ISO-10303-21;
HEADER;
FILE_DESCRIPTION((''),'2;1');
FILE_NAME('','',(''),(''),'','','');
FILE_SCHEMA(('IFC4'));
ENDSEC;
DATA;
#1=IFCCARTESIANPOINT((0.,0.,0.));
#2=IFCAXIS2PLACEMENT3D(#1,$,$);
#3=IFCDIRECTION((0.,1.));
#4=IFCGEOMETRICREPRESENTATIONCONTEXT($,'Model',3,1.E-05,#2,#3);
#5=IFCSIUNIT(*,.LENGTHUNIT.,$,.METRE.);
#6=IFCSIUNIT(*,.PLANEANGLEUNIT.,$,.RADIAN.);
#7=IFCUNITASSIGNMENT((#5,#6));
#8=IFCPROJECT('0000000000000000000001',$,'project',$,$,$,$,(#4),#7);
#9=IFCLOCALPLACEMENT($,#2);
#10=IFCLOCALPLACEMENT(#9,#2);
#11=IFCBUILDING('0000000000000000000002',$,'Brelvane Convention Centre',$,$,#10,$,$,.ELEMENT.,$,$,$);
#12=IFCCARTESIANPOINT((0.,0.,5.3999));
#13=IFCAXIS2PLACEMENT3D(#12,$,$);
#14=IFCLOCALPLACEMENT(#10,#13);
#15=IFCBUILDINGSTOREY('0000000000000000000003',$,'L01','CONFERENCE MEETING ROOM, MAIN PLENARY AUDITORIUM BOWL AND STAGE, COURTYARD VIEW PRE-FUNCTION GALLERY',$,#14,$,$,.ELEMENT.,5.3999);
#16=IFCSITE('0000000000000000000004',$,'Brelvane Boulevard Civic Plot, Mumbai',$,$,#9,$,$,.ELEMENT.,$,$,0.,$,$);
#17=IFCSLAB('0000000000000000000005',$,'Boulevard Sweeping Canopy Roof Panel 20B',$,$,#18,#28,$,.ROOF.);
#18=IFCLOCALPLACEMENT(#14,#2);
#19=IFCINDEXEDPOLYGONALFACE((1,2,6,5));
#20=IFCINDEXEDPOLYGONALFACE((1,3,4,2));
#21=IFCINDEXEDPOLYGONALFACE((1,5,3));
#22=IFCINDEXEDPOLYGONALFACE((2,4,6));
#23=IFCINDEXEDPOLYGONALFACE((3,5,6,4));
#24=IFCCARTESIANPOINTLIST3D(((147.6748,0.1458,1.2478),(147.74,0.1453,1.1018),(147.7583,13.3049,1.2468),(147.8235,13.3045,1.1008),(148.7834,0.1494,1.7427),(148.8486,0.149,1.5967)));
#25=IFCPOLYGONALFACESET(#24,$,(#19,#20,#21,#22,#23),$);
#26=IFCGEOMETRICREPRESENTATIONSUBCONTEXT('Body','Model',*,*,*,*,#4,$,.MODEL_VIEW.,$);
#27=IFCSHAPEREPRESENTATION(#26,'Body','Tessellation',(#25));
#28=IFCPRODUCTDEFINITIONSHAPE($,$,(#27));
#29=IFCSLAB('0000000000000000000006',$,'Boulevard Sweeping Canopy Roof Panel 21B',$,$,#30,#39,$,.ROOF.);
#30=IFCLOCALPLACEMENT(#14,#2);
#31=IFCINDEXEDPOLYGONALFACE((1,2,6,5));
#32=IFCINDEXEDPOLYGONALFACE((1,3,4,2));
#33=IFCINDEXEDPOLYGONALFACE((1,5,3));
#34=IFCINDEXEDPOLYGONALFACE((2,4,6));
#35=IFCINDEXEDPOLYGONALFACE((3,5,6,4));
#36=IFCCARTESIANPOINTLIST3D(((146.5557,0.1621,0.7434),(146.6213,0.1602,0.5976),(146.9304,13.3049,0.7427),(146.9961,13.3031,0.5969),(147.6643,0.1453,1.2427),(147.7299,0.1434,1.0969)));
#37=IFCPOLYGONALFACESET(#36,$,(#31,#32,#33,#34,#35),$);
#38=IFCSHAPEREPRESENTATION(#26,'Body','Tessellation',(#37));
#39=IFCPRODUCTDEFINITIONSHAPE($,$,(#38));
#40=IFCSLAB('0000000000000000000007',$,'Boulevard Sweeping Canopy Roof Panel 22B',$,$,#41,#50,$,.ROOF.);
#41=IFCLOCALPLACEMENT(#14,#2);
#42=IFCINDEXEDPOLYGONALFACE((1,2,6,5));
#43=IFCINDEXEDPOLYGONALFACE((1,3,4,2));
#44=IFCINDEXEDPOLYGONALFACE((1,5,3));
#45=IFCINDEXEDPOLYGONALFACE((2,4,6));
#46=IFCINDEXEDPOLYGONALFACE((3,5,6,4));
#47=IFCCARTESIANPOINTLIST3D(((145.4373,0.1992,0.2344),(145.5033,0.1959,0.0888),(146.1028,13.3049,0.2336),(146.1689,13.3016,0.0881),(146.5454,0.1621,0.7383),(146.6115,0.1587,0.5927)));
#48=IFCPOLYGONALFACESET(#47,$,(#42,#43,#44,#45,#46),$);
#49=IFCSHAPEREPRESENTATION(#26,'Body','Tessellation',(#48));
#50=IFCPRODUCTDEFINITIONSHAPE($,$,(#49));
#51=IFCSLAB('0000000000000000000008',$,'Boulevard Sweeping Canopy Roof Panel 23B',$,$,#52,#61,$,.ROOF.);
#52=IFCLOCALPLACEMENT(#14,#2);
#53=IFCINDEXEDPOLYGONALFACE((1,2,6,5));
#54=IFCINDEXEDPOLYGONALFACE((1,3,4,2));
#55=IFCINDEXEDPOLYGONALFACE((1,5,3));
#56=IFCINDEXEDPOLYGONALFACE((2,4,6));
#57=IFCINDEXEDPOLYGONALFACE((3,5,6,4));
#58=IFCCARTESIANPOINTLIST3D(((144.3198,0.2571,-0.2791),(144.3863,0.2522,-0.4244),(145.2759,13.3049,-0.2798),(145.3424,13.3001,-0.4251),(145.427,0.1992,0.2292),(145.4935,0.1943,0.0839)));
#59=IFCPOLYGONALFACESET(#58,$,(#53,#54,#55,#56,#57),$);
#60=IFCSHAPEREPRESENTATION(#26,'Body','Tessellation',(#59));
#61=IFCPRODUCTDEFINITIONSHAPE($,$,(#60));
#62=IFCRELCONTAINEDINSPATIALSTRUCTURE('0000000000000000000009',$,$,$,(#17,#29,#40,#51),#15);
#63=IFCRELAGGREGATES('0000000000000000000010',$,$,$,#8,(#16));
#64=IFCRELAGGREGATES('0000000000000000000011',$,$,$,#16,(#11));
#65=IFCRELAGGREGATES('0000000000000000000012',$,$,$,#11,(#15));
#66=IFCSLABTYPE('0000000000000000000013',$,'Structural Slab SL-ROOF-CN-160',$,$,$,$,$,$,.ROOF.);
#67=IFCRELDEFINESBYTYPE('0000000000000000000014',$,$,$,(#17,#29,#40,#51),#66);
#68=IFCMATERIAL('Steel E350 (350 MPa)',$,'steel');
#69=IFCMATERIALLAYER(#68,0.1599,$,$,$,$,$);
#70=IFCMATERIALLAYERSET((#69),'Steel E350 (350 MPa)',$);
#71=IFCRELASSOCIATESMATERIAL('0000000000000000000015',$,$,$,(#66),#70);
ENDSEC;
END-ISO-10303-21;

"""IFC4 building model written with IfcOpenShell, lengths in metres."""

from ifc_helpers import new_model, si_unit, direction, frame, origin, place, context, subcontext, project, spatial, polyline, outline, extrude, material, layer, layer_set, type_object, element, save


model = new_model("IFC4")

# Units and contexts
model_context = context("Model", 3, precision=1e-05, world=origin(), true_north=direction((0.0, 1.0)))
body_context = subcontext(model_context, "Body", "Model", "MODEL_VIEW")
ifc_project = project(units=[si_unit("LENGTHUNIT", "METRE"), si_unit("PLANEANGLEUNIT", "RADIAN")], contexts=[model_context])

# Site, building, storey
site_placement = place(None, origin())
site = spatial("IfcSite", under=ifc_project, at=site_placement, Name="Brelvane Boulevard Civic Plot, Mumbai", CompositionType="ELEMENT", RefElevation=0.0)
building_placement = place(site_placement, origin())
building = spatial("IfcBuilding", under=site, at=building_placement, Name="Brelvane Convention Centre", CompositionType="ELEMENT")
storey_placement = place(building_placement, frame((0.0, 0.0, 5.3999)))
storey = spatial("IfcBuildingStorey", under=building, at=storey_placement, Name="L01", Description="CONFERENCE MEETING ROOM, MAIN PLENARY AUDITORIUM BOWL AND STAGE, COURTYARD VIEW PRE-FUNCTION GALLERY", CompositionType="ELEMENT", Elevation=5.3999)

# Slabs
ifc_material_1 = material(Name="Steel E350 (350 MPa)", Category="steel")
ifc_layer_1 = layer(ifc_material_1, 0.1599)
ifc_layer_set_1 = layer_set([ifc_layer_1], Name="Steel E350 (350 MPa)")
slab_type = type_object("IfcSlabType", Name="Structural Slab SL-ROOF-CN-160", PredefinedType="ROOF", material=ifc_layer_set_1)
slab_1_placement = place(storey_placement, frame((148.7834, 0.1494, 1.7427), z_axis=(-0.407618, 0.002654, 0.913149), x_axis=(-0.913151, -0.003016, -0.40761)))
element("IfcSlab", 1, at=slab_1_placement, inside=storey, type_object=slab_type, Name="Boulevard Sweeping Canopy Roof Panel 20B", PredefinedType="ROOF", context=body_context, shape_type="SweptSolid", body=[
    extrude(outline(polyline([(0.0, 0.0), (1.2141, 0.0), (1.0985, -13.1589), (0.0, 0.0)])), origin(), (0.0, 0.0, -1.0), 0.1599),
])
slab_2_placement = place(storey_placement, frame((147.6643, 0.1453, 1.2427), z_axis=(-0.410447, 0.011754, 0.911809), x_axis=(-0.911717, 0.013853, -0.410584)))
element("IfcSlab", 2, at=slab_2_placement, inside=storey, type_object=slab_type, Name="Boulevard Sweeping Canopy Roof Panel 21B", PredefinedType="ROOF", context=body_context, shape_type="SweptSolid", body=[
    extrude(outline(polyline([(0.0, 0.0), (1.216, 0.0), (1.0567, -13.1472), (0.0, 0.0)])), origin(), (0.0, 0.0, -1.0), 0.1599),
])
slab_3_placement = place(storey_placement, frame((146.5454, 0.1621, 0.7383), z_axis=(-0.413263, 0.021037, 0.910368), x_axis=(-0.909882, 0.03047, -0.413747)))
element("IfcSlab", 3, at=slab_3_placement, inside=storey, type_object=slab_type, Name="Boulevard Sweeping Canopy Roof Panel 22B", PredefinedType="ROOF", context=body_context, shape_type="SweptSolid", body=[
    extrude(outline(polyline([(0.0, 0.0), (1.2179, 0.0), (1.012, -13.121), (0.0, 0.0)])), origin(), (0.0, 0.0, -1.0), 0.1599),
])
slab_4_placement = place(storey_placement, frame((145.427, 0.1992, 0.2292), z_axis=(-0.415716, 0.030512, 0.908983), x_axis=(-0.907779, 0.047441, -0.416758)))
element("IfcSlab", 4, at=slab_4_placement, inside=storey, type_object=slab_type, Name="Boulevard Sweeping Canopy Roof Panel 23B", PredefinedType="ROOF", context=body_context, shape_type="SweptSolid", body=[
    extrude(outline(polyline([(0.0, 0.0), (1.2197, 0.0), (0.9711, -13.0805), (0.0, 0.0)])), origin(), (0.0, 0.0, -1.0), 0.1599),
])

save(model, "model.ifc")
